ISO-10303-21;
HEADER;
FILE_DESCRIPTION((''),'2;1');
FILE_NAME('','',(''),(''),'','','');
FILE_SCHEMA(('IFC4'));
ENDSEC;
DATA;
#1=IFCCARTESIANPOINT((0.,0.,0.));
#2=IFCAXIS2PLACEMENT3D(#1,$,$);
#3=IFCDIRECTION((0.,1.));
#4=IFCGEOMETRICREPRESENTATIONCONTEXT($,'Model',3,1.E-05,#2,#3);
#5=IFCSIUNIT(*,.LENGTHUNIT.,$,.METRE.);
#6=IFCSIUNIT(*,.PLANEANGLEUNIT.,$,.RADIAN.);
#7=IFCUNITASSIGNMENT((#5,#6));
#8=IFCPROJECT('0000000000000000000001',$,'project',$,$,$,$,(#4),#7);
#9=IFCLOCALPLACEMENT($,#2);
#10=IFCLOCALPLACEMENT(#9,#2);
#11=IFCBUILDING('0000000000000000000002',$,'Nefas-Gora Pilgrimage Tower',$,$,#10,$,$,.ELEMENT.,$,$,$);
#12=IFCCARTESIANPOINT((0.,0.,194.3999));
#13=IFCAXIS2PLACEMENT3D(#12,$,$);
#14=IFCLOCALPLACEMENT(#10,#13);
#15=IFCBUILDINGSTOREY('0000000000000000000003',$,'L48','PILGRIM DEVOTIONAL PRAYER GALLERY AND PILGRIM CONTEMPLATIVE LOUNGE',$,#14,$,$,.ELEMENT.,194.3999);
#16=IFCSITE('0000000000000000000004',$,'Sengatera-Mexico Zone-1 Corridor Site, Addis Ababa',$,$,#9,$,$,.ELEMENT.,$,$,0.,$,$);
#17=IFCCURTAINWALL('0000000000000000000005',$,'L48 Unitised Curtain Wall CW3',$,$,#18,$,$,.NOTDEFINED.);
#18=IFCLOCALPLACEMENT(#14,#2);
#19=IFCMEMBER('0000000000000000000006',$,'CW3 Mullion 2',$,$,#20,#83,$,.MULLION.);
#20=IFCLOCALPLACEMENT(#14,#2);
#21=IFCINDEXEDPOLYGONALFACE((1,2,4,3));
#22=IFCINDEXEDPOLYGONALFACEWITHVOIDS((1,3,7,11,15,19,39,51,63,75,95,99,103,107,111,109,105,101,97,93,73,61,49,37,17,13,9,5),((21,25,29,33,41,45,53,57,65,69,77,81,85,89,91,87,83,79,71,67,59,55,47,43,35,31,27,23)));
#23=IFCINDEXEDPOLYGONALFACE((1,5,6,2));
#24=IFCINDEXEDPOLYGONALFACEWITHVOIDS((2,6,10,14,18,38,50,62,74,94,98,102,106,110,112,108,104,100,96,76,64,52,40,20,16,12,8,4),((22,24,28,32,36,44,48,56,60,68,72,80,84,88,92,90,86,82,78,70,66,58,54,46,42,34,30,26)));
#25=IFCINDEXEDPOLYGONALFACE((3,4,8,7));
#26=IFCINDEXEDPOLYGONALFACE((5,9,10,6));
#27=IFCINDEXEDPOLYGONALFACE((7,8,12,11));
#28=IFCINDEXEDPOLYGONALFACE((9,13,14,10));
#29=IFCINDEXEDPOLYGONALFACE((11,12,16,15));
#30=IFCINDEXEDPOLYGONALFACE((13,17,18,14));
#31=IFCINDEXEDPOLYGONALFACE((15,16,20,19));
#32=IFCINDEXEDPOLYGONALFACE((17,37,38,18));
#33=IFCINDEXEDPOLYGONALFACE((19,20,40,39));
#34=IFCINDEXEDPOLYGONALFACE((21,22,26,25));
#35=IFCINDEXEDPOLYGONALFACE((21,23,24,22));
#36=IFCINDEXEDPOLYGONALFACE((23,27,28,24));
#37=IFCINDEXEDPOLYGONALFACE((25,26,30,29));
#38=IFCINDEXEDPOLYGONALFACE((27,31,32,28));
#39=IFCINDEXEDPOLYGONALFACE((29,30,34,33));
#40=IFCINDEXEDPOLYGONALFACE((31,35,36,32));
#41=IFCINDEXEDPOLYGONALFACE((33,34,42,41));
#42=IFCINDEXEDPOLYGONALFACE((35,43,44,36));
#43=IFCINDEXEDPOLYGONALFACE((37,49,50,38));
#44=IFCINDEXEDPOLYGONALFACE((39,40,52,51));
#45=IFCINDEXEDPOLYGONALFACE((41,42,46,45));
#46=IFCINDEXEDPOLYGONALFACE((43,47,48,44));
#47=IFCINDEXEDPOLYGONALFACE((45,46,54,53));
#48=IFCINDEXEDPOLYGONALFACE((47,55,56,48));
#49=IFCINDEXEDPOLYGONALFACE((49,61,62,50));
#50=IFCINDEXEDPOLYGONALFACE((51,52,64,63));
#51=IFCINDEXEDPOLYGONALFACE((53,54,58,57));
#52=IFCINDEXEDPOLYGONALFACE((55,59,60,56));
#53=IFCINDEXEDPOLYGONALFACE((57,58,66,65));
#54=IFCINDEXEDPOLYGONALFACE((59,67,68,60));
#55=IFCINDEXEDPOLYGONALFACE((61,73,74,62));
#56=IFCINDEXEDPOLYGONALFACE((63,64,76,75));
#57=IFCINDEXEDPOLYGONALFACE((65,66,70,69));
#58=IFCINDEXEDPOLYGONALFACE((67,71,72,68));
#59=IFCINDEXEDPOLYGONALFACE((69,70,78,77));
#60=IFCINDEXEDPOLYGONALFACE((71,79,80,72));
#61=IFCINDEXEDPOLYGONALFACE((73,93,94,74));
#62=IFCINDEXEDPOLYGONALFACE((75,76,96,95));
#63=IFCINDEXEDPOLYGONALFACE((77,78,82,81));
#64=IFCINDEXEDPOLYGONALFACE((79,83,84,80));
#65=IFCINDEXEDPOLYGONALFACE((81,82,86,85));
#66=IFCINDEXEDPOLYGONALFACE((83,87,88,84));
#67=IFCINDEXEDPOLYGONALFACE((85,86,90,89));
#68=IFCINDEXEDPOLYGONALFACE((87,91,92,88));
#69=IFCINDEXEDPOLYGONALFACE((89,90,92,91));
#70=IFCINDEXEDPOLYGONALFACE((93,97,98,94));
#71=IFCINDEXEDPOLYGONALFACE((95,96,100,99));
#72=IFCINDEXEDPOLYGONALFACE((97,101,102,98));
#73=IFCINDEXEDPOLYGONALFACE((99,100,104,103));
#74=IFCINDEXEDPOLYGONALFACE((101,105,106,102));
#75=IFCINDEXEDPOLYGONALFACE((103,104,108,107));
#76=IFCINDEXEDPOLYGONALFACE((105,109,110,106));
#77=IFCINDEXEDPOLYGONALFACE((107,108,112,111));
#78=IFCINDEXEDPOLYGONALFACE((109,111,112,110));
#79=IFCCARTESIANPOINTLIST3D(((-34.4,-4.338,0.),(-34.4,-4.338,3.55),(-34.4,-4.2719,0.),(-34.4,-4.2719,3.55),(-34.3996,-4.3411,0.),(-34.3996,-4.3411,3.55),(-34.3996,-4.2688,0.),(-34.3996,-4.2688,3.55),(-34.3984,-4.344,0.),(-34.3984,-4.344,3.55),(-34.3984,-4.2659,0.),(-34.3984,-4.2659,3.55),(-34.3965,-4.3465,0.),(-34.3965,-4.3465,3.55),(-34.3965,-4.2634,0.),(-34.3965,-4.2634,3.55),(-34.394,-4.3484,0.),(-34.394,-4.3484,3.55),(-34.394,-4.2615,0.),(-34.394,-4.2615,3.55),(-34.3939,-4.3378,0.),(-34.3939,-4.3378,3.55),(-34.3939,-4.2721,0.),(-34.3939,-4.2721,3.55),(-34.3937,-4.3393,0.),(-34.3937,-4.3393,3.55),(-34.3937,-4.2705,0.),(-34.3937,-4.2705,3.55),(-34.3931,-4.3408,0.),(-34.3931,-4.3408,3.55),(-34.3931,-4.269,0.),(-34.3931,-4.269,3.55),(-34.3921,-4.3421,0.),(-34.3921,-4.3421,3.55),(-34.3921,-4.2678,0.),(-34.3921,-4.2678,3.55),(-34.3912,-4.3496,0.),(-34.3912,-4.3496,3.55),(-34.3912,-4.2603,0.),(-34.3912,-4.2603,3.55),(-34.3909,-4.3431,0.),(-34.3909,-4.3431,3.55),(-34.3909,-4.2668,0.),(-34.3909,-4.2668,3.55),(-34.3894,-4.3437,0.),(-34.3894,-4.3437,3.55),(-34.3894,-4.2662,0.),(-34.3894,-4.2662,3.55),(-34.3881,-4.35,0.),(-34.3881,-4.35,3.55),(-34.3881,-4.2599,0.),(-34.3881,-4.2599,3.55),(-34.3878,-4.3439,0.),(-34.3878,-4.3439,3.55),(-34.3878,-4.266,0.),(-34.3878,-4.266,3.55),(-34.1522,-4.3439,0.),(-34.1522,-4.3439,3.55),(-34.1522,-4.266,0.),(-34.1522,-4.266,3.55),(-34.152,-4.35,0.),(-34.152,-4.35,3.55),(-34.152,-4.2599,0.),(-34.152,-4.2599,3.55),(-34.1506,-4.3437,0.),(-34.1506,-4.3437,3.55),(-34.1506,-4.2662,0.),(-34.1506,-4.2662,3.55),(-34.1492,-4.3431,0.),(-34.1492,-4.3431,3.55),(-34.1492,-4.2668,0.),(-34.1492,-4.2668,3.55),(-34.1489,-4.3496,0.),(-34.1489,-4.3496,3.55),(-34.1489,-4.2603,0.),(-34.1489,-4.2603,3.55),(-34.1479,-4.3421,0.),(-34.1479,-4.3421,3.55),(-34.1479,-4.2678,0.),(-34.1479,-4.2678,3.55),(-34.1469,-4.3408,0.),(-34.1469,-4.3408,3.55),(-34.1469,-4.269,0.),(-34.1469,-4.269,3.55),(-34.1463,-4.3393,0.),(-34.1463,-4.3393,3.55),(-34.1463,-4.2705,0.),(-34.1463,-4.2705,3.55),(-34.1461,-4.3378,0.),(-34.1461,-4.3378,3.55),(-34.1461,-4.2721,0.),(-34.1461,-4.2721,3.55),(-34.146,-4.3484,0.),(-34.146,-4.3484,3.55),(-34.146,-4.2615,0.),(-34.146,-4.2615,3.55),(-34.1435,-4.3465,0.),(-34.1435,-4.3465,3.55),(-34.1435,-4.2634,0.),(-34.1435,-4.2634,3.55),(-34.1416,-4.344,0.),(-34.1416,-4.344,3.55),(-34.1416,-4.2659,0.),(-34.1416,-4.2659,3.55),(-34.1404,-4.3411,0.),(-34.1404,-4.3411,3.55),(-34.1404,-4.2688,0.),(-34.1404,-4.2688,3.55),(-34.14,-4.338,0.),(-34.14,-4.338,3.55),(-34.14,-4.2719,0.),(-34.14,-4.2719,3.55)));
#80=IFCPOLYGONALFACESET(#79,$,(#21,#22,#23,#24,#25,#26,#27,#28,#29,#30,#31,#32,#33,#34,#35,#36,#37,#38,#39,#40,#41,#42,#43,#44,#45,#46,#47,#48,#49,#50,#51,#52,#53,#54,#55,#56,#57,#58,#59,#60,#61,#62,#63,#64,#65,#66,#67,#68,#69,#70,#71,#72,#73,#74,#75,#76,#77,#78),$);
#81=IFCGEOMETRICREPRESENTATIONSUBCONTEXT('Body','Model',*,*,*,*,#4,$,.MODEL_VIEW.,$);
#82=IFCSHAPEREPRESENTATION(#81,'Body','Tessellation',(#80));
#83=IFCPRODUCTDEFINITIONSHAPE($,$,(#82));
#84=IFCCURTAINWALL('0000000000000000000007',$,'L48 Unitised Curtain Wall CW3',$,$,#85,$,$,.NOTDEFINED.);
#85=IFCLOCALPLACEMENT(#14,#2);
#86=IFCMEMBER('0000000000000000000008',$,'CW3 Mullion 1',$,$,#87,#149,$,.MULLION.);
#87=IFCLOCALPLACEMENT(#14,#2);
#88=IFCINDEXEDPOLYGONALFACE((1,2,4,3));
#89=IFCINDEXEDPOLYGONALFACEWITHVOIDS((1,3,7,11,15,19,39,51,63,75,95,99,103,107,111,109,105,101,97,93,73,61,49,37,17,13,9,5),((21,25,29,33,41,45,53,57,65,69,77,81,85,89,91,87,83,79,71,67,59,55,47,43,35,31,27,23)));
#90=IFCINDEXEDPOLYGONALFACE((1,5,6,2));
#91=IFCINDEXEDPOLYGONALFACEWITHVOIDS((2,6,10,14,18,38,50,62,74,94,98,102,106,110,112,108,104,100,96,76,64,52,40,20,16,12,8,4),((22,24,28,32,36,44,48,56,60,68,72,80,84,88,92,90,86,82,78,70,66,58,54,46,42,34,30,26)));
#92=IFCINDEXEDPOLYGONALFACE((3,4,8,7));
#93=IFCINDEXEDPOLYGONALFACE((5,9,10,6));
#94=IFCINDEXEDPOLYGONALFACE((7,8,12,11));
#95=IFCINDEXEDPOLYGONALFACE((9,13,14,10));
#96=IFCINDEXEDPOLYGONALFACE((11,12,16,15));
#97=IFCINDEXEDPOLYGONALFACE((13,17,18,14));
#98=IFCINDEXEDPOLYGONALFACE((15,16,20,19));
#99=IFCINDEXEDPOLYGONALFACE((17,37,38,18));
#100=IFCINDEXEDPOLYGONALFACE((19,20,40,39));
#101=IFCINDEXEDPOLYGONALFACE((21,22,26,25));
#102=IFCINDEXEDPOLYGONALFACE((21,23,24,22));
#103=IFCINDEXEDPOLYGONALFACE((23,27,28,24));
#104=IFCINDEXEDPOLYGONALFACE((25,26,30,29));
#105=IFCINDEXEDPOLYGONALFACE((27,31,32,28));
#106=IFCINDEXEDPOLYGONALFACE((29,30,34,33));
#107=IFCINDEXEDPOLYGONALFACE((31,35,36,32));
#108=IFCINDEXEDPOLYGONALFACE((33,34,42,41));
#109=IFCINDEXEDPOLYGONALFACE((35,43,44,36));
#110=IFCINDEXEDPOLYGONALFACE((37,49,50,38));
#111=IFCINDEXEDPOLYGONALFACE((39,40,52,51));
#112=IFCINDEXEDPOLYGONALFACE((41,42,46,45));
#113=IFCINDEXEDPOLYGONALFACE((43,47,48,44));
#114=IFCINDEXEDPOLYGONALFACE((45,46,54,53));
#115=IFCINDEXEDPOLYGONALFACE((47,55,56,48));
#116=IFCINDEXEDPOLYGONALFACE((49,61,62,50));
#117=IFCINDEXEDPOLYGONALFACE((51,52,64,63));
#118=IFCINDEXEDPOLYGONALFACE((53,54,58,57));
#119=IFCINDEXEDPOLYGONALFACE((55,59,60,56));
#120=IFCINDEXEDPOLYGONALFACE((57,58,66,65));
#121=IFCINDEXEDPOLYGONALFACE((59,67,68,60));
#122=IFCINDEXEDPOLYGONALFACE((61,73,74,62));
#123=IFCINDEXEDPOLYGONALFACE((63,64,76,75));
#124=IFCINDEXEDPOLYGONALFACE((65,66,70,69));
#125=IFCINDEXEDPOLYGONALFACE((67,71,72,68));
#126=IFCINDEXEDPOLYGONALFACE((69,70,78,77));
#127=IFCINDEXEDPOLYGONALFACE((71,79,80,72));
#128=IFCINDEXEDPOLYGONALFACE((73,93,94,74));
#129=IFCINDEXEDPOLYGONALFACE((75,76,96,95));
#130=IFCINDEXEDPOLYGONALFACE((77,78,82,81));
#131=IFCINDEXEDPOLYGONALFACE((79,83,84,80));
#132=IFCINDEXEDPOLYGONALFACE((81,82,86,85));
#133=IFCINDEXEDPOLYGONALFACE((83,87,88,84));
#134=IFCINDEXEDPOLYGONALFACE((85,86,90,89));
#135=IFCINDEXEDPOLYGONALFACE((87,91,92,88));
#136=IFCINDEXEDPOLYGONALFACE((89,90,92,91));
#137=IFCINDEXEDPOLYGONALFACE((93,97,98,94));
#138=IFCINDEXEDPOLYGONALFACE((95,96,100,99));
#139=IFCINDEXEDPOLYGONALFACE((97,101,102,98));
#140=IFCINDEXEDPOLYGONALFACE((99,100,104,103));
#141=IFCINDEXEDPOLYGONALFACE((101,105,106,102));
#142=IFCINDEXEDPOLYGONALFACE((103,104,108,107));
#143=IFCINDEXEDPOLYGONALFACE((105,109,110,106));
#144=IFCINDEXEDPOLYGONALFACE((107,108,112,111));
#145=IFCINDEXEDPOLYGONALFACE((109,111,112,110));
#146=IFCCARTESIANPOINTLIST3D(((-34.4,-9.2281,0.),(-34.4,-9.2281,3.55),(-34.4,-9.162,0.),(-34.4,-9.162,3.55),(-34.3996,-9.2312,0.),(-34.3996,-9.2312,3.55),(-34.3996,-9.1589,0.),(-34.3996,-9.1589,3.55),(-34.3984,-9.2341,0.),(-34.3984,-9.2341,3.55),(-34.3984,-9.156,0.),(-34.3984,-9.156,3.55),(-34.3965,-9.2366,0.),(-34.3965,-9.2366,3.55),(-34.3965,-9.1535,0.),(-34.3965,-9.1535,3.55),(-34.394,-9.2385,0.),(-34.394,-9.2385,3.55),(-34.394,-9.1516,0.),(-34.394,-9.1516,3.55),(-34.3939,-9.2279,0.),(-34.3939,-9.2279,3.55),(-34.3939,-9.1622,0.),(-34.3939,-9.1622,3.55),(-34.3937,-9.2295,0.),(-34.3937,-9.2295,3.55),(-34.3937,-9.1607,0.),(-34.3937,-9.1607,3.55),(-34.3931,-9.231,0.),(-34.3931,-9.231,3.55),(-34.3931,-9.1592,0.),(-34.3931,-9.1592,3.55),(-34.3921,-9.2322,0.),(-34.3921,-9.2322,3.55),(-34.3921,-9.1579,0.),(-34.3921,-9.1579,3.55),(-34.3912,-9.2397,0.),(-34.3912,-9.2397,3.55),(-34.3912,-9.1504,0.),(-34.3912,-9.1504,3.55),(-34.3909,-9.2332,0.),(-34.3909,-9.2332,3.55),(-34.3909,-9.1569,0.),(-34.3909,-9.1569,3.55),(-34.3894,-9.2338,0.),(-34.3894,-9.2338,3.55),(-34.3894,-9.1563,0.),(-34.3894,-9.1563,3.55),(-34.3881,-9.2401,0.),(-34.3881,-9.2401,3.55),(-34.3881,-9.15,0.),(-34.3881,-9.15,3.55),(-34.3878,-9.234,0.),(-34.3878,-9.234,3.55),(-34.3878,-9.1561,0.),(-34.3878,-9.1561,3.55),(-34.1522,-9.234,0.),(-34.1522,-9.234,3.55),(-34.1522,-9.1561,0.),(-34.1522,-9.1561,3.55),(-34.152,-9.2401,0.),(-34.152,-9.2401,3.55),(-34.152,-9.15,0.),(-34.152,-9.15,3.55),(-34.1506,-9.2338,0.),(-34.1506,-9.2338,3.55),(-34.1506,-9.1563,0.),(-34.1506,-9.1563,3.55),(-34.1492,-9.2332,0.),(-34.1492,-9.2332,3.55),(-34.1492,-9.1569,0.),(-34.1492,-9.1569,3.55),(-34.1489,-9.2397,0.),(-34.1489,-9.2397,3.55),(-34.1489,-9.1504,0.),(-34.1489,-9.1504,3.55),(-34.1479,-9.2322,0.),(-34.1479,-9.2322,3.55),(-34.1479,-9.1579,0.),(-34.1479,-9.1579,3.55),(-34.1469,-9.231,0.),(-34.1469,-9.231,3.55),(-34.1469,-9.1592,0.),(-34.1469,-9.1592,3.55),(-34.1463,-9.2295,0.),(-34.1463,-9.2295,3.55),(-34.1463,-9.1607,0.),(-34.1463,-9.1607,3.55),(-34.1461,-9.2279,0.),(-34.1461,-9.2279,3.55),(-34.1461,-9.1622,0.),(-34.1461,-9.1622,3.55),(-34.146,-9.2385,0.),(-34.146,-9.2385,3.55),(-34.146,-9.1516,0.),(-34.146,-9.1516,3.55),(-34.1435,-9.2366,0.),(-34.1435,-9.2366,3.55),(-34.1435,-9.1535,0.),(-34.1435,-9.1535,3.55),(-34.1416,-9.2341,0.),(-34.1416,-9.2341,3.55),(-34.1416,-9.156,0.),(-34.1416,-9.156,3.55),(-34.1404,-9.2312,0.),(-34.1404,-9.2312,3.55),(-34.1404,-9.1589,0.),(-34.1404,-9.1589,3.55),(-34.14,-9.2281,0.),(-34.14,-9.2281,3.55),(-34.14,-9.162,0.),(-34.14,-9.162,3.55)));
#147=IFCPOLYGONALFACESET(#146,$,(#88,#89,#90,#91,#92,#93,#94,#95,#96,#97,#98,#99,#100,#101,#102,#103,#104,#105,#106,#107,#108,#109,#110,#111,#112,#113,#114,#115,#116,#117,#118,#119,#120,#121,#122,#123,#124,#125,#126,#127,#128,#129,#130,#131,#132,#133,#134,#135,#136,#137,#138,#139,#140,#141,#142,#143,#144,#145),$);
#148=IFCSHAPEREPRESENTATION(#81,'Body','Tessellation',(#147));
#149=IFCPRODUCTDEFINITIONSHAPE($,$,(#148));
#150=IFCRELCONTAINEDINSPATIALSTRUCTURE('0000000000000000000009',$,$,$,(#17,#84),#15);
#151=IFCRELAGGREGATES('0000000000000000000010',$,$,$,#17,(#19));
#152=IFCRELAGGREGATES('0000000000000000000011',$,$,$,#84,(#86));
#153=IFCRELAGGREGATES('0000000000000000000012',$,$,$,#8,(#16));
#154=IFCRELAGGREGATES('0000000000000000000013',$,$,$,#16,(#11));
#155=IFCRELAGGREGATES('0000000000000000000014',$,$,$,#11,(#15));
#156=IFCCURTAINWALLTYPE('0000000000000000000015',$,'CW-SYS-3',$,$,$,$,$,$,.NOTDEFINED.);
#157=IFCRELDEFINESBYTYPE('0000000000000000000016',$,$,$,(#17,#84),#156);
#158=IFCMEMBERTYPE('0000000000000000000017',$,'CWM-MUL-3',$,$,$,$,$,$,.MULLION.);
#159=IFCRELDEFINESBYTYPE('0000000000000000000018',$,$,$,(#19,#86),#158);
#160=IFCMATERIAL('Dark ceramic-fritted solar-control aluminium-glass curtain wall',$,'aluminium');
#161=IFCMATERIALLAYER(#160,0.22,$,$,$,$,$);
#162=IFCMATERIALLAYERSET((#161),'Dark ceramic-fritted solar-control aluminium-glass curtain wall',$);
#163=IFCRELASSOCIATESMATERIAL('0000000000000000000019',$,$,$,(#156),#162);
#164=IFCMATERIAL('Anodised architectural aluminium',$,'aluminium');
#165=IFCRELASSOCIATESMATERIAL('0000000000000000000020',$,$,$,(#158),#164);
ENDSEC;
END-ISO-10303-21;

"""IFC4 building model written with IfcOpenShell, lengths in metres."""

from ifc_helpers import new_model, si_unit, direction, frame, origin, origin_2d, place, context, subcontext, project, spatial, hollow_rectangle, extrude, source, transform, mapped, material, layer, layer_set, material_profile, profile_set, type_object, element, aggregate, save


model = new_model("IFC4")

# Units and contexts
model_context = context("Model", 3, precision=1e-05, world=origin(), true_north=direction((0.0, 1.0)))
body_context = subcontext(model_context, "Body", "Model", "MODEL_VIEW")
ifc_project = project(units=[si_unit("LENGTHUNIT", "METRE"), si_unit("PLANEANGLEUNIT", "RADIAN")], contexts=[model_context])

# Site, building, storey
site_placement = place(None, origin())
site = spatial("IfcSite", under=ifc_project, at=site_placement, Name="Sengatera-Mexico Zone-1 Corridor Site, Addis Ababa", CompositionType="ELEMENT", RefElevation=0.0)
building_placement = place(site_placement, origin())
building = spatial("IfcBuilding", under=site, at=building_placement, Name="Nefas-Gora Pilgrimage Tower", CompositionType="ELEMENT")
storey_placement = place(building_placement, frame((0.0, 0.0, 194.3999)))
storey = spatial("IfcBuildingStorey", under=building, at=storey_placement, Name="L48", Description="PILGRIM DEVOTIONAL PRAYER GALLERY AND PILGRIM CONTEMPLATIVE LOUNGE", CompositionType="ELEMENT", Elevation=194.3999)

# Curtain wall, member
ifc_material_1 = material(Name="Dark ceramic-fritted solar-control aluminium-glass curtain wall", Category="aluminium")
ifc_layer_1 = layer(ifc_material_1, 0.22)
ifc_layer_set_1 = layer_set([ifc_layer_1], Name="Dark ceramic-fritted solar-control aluminium-glass curtain wall")
curtain_wall_type = type_object("IfcCurtainWallType", Name="CW-SYS-3", PredefinedType="NOTDEFINED", material=ifc_layer_set_1)
curtain_wall_1_placement = place(storey_placement, origin())
curtain_wall_1 = element("IfcCurtainWall", 1, at=curtain_wall_1_placement, inside=storey, type_object=curtain_wall_type, Name="L48 Unitised Curtain Wall CW3", PredefinedType="NOTDEFINED")
ifc_material_2 = material(Name="Anodised architectural aluminium", Category="aluminium")
ifc_material_profile_1 = material_profile(ifc_material_2, hollow_rectangle(XDim=0.0901, YDim=0.26, WallThickness=0.0061, InnerFilletRadius=0.0061, OuterFilletRadius=0.012, at=origin_2d()), Name="ALU MULLION 90x260")
ifc_profile_set_1 = profile_set([ifc_material_profile_1], Name="Anodised architectural aluminium")
member_type_1 = type_object("IfcMemberType", Name="CWM-MUL-3", PredefinedType="MULLION", material=ifc_profile_set_1)
shared_shape_1 = source(origin(), body_context, "Body", "SweptSolid", [
    extrude(hollow_rectangle(XDim=0.0901, YDim=0.26, WallThickness=0.0061, InnerFilletRadius=0.0061, OuterFilletRadius=0.012, at=origin_2d()), origin(), (0.0, 0.0, 1.0), 3.55),
])
member_1_placement = place(storey_placement, frame((-34.27, -4.3049, 0.0), z_axis=(0.0, 0.0, 1.0), x_axis=(0.0, -1.0, 0.0)))
member_1 = element("IfcMember", 2, at=member_1_placement, type_object=member_type_1, Name="CW3 Mullion 2", PredefinedType="MULLION", context=body_context, shape_type="MappedRepresentation", body=[
    mapped(shared_shape_1, transform((0.0, 0.0, 0.0), x_axis=(1.0, 0.0, 0.0), y_axis=(0.0, 1.0, 0.0), z_axis=(0.0, 0.0, 1.0), scale=1.0)),
])
aggregate(curtain_wall_1, [member_1])

# Curtain wall, member
curtain_wall_2_placement = place(storey_placement, origin())
curtain_wall_2 = element("IfcCurtainWall", 3, at=curtain_wall_2_placement, inside=storey, type_object=curtain_wall_type, Name="L48 Unitised Curtain Wall CW3", PredefinedType="NOTDEFINED")
member_2_placement = place(storey_placement, frame((-34.27, -9.1951, 0.0), z_axis=(0.0, 0.0, 1.0), x_axis=(0.0, -1.0, 0.0)))
member_2 = element("IfcMember", 4, at=member_2_placement, type_object=member_type_1, Name="CW3 Mullion 1", PredefinedType="MULLION", context=body_context, shape_type="MappedRepresentation", body=[
    mapped(shared_shape_1, transform((0.0, 0.0, 0.0), x_axis=(1.0, 0.0, 0.0), y_axis=(0.0, 1.0, 0.0), z_axis=(0.0, 0.0, 1.0), scale=1.0)),
])

aggregate(curtain_wall_2, [member_2])

save(model, "model.ifc")
